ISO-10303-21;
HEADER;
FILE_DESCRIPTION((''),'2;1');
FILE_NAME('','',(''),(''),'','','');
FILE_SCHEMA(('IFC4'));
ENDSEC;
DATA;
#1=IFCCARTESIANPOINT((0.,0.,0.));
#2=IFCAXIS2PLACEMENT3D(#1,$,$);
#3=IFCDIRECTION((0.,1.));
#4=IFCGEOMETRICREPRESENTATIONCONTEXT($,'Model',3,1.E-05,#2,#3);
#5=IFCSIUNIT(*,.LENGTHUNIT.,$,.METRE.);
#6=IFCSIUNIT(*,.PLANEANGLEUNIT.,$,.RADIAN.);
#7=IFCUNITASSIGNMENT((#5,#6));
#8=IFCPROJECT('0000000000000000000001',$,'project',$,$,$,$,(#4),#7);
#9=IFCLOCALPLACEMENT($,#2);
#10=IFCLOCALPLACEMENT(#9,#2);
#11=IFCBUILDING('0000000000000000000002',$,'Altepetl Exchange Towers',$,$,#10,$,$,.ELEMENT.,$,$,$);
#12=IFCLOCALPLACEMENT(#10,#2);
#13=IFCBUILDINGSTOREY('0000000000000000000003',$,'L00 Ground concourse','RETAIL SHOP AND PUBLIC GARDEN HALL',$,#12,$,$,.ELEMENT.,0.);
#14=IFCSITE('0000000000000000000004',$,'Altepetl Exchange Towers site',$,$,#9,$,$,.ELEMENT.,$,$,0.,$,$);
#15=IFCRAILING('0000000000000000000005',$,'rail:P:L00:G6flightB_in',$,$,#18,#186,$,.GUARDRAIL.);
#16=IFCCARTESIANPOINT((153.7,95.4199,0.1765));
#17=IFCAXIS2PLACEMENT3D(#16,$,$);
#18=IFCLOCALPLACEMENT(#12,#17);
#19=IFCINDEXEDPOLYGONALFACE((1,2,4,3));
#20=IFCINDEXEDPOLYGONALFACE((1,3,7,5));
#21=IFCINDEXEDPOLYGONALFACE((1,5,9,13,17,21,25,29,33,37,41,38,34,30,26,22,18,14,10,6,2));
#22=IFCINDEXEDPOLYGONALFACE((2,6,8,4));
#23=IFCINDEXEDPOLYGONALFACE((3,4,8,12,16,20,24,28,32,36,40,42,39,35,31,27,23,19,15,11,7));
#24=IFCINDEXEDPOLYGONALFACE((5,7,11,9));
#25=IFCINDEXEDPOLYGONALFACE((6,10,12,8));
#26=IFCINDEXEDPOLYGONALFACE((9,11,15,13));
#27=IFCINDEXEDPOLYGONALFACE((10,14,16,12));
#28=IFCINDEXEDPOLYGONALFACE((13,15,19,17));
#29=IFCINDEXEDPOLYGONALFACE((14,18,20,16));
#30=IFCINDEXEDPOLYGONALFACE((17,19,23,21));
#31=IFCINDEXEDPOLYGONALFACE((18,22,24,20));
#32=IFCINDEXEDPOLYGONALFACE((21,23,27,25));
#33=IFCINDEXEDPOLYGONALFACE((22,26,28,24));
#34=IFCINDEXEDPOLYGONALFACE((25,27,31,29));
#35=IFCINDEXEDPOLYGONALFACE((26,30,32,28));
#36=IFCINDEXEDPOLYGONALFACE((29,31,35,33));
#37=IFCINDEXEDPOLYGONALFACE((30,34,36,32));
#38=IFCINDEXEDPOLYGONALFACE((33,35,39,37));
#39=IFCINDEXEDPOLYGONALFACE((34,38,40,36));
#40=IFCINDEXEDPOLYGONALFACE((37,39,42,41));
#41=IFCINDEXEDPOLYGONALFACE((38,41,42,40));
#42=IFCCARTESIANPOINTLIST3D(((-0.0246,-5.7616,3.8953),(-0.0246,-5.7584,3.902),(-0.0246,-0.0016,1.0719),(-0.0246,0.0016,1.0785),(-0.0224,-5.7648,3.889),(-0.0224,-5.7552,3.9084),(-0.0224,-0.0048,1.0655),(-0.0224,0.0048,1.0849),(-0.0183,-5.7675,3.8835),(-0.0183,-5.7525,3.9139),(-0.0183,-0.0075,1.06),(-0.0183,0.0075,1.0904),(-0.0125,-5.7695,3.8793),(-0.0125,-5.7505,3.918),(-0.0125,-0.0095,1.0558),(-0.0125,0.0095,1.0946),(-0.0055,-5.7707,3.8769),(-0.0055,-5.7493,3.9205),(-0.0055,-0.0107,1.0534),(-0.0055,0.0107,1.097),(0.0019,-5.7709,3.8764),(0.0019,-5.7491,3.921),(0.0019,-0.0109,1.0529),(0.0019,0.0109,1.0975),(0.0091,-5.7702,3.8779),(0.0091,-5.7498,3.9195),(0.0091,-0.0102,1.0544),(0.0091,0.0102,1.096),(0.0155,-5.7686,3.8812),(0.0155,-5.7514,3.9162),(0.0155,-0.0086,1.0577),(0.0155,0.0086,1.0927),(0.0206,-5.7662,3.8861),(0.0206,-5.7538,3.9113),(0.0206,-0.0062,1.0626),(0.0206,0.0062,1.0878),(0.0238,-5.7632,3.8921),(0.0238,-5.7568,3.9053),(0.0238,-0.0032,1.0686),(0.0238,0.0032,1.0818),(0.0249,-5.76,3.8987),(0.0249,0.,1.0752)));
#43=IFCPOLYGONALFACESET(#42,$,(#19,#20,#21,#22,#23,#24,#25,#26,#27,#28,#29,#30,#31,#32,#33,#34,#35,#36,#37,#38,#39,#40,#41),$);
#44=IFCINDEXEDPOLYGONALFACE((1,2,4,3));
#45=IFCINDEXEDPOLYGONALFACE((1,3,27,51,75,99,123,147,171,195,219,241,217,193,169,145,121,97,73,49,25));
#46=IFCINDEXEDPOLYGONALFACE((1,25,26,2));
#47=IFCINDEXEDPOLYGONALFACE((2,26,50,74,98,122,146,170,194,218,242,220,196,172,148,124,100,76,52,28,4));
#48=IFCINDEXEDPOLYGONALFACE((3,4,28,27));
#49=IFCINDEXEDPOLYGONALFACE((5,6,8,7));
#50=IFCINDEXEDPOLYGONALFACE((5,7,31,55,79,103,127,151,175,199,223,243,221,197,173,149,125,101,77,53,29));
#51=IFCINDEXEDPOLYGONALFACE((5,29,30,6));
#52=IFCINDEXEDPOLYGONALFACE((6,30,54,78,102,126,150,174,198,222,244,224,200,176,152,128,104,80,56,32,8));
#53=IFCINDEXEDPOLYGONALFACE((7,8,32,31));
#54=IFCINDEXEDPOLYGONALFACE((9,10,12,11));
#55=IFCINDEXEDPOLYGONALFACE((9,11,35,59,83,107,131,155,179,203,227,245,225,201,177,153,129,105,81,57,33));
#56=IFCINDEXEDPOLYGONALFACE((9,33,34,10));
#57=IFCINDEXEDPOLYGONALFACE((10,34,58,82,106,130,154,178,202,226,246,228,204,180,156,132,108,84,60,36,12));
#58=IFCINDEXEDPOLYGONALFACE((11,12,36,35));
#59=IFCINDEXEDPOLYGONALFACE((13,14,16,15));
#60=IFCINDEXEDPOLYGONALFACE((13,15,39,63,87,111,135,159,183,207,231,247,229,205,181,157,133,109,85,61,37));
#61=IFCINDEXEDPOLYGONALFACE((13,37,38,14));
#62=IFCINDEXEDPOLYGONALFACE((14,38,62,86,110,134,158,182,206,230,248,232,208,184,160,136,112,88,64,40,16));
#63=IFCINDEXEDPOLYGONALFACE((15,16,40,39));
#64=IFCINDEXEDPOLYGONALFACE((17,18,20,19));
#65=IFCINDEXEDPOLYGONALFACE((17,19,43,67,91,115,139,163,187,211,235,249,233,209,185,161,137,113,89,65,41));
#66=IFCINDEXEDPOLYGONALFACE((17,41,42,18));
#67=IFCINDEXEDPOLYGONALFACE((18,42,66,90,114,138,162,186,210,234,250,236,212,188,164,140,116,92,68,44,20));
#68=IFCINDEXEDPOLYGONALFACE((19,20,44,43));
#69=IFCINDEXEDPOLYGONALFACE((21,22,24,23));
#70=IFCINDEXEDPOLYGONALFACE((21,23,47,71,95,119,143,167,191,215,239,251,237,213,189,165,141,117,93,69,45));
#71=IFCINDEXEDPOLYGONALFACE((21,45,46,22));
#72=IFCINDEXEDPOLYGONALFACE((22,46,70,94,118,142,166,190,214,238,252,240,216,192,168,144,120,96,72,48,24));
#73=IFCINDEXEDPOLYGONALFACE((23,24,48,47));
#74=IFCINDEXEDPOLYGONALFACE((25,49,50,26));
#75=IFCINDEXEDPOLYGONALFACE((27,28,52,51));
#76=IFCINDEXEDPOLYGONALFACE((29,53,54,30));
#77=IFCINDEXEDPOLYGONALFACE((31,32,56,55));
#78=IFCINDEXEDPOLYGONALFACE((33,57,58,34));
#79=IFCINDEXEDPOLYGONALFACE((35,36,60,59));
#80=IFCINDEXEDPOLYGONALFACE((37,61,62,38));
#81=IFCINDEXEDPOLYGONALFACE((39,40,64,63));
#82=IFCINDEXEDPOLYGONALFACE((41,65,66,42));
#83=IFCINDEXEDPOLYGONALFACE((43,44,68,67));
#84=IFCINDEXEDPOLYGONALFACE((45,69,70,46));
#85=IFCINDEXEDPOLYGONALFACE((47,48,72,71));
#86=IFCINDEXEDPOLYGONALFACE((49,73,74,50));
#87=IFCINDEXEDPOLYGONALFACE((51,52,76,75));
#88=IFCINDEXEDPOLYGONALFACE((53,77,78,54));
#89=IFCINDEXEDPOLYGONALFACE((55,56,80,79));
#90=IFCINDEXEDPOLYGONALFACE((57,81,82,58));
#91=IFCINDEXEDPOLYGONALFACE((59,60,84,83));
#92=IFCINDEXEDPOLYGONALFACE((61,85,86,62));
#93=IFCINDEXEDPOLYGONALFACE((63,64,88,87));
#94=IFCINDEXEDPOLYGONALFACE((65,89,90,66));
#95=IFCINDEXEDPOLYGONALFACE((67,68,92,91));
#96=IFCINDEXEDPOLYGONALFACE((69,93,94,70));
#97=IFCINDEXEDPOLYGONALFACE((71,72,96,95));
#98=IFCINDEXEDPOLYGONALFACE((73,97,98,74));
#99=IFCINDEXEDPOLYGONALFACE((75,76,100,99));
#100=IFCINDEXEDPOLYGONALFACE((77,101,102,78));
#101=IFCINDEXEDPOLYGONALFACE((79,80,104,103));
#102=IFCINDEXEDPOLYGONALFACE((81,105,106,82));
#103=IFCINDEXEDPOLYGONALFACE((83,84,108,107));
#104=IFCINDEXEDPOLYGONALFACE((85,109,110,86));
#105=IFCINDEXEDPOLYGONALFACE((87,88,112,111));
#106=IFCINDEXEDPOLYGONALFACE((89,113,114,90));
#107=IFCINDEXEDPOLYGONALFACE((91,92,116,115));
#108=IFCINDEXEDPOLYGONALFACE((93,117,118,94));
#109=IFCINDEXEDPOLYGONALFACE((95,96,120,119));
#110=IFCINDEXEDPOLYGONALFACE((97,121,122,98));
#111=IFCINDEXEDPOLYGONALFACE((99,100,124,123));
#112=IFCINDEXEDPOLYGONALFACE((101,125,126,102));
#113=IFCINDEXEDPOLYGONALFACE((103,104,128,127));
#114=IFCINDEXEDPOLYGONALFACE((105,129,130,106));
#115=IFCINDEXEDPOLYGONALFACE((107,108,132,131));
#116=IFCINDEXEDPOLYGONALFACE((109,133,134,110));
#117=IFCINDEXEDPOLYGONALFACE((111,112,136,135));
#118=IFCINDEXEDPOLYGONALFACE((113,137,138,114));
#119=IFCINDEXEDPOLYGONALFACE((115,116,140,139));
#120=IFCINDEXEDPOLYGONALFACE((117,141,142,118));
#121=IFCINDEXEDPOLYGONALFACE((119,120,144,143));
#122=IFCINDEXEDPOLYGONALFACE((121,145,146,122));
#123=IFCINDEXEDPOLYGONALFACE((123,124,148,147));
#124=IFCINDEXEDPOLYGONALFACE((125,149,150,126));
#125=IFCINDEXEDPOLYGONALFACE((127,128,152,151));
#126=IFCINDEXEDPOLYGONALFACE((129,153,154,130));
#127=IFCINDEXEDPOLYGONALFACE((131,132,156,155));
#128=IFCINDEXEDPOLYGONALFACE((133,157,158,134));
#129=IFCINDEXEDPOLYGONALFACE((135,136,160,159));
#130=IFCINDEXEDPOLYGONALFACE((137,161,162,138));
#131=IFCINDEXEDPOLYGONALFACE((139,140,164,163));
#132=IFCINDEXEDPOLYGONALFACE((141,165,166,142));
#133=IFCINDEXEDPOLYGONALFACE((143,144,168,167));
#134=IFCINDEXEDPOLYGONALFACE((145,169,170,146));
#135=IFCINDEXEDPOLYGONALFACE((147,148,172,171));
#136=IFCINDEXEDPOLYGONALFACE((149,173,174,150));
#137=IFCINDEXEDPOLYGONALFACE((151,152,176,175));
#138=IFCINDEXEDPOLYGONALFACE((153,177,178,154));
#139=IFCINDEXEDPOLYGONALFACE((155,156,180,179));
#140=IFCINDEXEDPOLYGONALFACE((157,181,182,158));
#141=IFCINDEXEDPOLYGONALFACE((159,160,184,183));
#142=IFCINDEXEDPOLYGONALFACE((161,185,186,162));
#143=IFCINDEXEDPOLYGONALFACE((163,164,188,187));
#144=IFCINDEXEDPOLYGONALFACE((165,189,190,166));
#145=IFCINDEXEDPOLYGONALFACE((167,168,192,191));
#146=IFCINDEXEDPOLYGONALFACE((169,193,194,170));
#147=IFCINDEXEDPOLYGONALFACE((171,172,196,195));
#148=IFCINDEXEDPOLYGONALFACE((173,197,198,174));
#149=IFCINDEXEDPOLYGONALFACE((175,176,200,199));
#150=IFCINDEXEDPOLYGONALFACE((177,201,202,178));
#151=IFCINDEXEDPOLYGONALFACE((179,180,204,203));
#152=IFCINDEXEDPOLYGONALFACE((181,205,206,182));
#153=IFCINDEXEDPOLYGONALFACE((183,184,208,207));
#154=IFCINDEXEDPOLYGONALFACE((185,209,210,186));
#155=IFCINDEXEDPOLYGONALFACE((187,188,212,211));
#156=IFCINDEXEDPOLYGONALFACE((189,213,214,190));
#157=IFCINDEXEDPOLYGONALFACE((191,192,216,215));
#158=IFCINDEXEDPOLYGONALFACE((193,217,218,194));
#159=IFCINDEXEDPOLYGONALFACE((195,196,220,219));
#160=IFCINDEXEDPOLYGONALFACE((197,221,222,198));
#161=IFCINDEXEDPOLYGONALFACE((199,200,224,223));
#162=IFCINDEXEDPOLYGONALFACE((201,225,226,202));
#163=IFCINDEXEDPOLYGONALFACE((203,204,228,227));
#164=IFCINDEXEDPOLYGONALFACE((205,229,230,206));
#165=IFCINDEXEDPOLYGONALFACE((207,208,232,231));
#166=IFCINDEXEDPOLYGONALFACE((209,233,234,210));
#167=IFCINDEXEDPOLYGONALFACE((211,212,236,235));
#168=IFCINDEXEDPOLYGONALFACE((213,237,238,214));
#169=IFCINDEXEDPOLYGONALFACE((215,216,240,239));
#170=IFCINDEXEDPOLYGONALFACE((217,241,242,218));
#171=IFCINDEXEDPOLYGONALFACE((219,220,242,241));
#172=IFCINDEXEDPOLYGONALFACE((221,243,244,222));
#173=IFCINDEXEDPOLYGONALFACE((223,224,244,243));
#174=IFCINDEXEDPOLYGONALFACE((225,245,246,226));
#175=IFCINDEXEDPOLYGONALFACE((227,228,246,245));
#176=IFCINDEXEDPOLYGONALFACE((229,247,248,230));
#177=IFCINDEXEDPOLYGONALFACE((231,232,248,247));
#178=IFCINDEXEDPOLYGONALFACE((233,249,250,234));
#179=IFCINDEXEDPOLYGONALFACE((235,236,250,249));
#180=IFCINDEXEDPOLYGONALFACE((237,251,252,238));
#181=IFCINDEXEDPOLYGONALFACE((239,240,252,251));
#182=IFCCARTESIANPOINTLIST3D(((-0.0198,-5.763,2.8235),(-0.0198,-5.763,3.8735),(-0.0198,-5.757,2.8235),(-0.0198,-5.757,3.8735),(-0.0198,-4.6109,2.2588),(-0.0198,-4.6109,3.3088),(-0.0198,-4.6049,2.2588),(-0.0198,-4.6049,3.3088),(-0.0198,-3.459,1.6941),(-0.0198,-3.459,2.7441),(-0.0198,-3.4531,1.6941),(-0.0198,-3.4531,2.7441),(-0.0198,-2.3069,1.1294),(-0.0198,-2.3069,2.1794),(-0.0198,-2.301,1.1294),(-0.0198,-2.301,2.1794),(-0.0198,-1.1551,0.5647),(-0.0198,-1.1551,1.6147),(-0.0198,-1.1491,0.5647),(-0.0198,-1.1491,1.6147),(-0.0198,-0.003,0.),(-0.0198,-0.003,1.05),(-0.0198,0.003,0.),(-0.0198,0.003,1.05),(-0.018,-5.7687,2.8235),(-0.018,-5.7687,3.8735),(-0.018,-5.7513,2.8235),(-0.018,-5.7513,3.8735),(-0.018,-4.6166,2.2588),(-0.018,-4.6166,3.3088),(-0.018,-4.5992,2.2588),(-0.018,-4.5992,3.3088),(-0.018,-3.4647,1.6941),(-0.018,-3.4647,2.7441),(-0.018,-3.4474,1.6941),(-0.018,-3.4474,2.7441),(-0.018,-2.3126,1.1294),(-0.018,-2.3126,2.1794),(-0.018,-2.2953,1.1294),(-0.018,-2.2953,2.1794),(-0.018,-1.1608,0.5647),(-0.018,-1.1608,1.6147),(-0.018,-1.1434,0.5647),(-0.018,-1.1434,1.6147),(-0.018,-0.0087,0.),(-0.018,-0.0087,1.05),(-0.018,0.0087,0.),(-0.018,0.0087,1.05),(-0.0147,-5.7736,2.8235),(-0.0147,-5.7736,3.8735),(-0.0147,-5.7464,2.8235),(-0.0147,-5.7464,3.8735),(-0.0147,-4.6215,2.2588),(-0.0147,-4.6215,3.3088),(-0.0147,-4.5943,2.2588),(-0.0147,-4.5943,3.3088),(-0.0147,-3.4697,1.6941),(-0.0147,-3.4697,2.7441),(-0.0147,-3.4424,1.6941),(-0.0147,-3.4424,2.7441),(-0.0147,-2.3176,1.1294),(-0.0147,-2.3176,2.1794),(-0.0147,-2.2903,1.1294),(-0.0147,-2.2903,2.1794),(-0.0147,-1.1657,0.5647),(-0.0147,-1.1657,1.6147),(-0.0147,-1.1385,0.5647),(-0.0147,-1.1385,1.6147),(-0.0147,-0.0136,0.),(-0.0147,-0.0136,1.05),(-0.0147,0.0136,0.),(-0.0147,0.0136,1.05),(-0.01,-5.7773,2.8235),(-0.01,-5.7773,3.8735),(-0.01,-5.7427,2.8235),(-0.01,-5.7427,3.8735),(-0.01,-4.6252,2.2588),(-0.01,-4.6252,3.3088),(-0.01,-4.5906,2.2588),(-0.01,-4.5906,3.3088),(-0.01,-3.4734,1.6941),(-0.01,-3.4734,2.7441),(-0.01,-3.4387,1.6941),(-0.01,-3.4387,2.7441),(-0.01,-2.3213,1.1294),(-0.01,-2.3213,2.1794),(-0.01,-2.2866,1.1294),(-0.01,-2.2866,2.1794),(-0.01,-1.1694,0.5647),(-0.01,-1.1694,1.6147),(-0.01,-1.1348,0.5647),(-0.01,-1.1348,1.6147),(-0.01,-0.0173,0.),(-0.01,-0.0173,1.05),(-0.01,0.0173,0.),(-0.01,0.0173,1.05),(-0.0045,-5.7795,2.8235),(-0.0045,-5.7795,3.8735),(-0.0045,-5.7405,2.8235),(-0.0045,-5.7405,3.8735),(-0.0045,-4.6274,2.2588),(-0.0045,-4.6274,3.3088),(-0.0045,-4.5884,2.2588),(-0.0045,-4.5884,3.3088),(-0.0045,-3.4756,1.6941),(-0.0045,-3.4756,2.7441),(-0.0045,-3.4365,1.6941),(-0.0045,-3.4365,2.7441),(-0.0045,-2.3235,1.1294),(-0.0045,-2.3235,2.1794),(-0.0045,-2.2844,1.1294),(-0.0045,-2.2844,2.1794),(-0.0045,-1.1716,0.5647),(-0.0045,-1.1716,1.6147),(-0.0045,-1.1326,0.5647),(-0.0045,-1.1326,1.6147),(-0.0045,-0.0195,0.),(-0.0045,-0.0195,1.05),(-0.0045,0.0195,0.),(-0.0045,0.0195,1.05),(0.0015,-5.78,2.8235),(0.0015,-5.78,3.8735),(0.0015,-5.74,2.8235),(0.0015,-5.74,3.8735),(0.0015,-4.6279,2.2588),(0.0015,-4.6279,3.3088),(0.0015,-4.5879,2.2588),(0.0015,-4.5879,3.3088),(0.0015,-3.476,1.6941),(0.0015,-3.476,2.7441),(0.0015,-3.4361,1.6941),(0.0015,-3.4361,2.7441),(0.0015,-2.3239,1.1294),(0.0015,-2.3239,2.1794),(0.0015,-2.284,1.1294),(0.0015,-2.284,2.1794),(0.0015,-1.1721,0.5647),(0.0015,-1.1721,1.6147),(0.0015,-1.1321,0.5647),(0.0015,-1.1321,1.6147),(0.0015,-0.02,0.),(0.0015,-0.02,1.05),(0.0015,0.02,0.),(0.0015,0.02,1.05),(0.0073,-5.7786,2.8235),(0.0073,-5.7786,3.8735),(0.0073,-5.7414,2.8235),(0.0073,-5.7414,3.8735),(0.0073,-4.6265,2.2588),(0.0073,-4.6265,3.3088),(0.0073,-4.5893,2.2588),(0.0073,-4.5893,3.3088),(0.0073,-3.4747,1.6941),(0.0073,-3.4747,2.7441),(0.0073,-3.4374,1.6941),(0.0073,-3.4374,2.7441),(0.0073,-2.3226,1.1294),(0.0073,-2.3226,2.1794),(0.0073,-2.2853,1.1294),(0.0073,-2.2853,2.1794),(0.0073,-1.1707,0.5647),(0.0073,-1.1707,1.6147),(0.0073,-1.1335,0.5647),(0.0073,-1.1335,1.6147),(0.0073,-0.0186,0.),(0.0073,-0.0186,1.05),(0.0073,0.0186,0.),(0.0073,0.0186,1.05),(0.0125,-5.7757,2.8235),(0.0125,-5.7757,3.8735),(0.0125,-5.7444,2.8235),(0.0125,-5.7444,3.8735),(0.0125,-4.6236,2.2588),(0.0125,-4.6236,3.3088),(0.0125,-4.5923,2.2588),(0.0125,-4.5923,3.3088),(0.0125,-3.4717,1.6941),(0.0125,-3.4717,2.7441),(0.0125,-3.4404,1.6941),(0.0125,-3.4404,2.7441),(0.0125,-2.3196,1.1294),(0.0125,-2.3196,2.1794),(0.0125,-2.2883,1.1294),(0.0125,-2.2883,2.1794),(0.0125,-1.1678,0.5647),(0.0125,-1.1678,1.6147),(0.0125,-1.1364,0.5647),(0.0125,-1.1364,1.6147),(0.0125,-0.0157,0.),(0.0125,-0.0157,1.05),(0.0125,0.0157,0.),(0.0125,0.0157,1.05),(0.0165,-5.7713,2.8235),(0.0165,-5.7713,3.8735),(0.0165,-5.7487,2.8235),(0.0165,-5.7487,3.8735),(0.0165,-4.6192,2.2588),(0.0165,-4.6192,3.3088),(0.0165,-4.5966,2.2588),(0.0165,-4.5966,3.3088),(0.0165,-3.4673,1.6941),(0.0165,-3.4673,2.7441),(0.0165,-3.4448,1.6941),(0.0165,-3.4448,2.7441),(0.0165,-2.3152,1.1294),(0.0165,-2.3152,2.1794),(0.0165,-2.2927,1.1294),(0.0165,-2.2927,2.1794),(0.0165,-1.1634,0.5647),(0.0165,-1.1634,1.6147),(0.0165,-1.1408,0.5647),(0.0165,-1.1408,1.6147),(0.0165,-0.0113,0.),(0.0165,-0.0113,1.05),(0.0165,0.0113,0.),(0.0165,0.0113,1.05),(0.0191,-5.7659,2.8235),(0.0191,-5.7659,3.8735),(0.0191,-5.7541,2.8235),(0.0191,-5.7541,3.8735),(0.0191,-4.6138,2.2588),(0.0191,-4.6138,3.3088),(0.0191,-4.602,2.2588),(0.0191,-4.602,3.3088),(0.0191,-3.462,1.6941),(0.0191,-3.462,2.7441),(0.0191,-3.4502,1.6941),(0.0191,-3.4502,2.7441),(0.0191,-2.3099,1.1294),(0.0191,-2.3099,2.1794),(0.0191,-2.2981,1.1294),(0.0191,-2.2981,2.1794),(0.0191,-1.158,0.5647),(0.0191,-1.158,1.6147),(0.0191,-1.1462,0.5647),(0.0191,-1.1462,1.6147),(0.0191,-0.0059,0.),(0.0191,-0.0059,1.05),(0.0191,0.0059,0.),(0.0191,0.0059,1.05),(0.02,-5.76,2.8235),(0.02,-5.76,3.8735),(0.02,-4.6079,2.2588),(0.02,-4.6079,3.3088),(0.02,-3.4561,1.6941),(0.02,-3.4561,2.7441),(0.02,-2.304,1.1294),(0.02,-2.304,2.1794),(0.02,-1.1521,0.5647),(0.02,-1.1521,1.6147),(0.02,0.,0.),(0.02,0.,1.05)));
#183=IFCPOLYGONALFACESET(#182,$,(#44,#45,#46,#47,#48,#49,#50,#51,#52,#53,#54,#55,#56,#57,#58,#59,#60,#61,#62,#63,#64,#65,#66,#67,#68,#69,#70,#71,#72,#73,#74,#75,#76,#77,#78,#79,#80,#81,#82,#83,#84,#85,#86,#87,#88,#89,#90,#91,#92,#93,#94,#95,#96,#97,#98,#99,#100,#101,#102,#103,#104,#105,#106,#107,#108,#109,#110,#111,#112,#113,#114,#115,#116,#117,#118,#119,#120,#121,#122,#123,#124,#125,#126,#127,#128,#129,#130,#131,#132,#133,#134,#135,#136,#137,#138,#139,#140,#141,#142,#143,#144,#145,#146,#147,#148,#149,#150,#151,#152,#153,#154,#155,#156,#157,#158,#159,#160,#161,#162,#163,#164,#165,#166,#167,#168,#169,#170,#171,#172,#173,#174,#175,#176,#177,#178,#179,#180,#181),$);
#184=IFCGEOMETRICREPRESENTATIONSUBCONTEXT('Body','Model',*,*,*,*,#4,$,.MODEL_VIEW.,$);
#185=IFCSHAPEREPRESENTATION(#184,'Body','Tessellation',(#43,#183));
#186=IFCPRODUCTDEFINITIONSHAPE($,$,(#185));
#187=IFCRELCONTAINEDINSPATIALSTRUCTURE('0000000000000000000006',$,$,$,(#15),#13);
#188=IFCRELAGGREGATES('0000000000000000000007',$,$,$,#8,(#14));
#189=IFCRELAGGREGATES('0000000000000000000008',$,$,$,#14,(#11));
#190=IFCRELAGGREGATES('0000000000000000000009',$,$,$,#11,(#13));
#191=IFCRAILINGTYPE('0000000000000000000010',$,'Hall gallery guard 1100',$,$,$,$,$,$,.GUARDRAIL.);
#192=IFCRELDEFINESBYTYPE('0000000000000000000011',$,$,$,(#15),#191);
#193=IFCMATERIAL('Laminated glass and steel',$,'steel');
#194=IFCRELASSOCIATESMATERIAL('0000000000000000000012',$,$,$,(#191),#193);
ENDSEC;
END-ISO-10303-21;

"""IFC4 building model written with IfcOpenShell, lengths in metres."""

from ifc_helpers import new_model, si_unit, direction, frame, origin, origin_2d, place, context, subcontext, project, spatial, circle, extrude, source, transform, mapped, material, type_object, element, save


model = new_model("IFC4")

# Units and contexts
model_context = context("Model", 3, precision=1e-05, world=origin(), true_north=direction((0.0, 1.0)))
body_context = subcontext(model_context, "Body", "Model", "MODEL_VIEW")
ifc_project = project(units=[si_unit("LENGTHUNIT", "METRE"), si_unit("PLANEANGLEUNIT", "RADIAN")], contexts=[model_context])

# Site, building, storey
site_placement = place(None, origin())
site = spatial("IfcSite", under=ifc_project, at=site_placement, Name="Altepetl Exchange Towers site", CompositionType="ELEMENT", RefElevation=0.0)
building_placement = place(site_placement, origin())
building = spatial("IfcBuilding", under=site, at=building_placement, Name="Altepetl Exchange Towers", CompositionType="ELEMENT")
storey_placement = place(building_placement, origin())
storey = spatial("IfcBuildingStorey", under=building, at=storey_placement, Name="L00 Ground concourse", Description="RETAIL SHOP AND PUBLIC GARDEN HALL", CompositionType="ELEMENT", Elevation=0.0)

# Railing
ifc_material_1 = material(Name="Laminated glass and steel", Category="steel")
railing_type_1 = type_object("IfcRailingType", Name="Hall gallery guard 1100", PredefinedType="GUARDRAIL", material=ifc_material_1)
shared_shape_1 = source(origin(), body_context, "Body", "SweptSolid", [
    extrude(circle(Radius=0.02, at=origin_2d()), origin(), (0.0, 0.0, 1.0), 1.05),
])
for number, where, name in (
    (1, (153.7, 95.4199, 0.1765), "rail:P:L00:G6flightB_in"),
):
    element("IfcRailing", number, at=place(storey_placement, frame(where)), inside=storey, type_object=railing_type_1, Name=name, PredefinedType="GUARDRAIL", context=body_context, shape_type="SweptSolid", body=[
        extrude(circle(Radius=0.0249, at=origin_2d()), frame((0.0, 0.0, 1.0752), z_axis=(0.0, -0.897924, 0.440151), x_axis=(1.0, 0.0, 0.0)), (0.0, 0.0, 1.0), 6.4148),
        mapped(shared_shape_1, transform((0.0, 0.0, 0.0))),
        mapped(shared_shape_1, transform((0.0, -1.1521, 0.5647))),
        mapped(shared_shape_1, transform((0.0, -2.304, 1.1294))),
        mapped(shared_shape_1, transform((0.0, -3.4561, 1.6941))),
        mapped(shared_shape_1, transform((0.0, -4.6079, 2.2588))),
        mapped(shared_shape_1, transform((0.0, -5.76, 2.8235))),
    ])

save(model, "model.ifc")
